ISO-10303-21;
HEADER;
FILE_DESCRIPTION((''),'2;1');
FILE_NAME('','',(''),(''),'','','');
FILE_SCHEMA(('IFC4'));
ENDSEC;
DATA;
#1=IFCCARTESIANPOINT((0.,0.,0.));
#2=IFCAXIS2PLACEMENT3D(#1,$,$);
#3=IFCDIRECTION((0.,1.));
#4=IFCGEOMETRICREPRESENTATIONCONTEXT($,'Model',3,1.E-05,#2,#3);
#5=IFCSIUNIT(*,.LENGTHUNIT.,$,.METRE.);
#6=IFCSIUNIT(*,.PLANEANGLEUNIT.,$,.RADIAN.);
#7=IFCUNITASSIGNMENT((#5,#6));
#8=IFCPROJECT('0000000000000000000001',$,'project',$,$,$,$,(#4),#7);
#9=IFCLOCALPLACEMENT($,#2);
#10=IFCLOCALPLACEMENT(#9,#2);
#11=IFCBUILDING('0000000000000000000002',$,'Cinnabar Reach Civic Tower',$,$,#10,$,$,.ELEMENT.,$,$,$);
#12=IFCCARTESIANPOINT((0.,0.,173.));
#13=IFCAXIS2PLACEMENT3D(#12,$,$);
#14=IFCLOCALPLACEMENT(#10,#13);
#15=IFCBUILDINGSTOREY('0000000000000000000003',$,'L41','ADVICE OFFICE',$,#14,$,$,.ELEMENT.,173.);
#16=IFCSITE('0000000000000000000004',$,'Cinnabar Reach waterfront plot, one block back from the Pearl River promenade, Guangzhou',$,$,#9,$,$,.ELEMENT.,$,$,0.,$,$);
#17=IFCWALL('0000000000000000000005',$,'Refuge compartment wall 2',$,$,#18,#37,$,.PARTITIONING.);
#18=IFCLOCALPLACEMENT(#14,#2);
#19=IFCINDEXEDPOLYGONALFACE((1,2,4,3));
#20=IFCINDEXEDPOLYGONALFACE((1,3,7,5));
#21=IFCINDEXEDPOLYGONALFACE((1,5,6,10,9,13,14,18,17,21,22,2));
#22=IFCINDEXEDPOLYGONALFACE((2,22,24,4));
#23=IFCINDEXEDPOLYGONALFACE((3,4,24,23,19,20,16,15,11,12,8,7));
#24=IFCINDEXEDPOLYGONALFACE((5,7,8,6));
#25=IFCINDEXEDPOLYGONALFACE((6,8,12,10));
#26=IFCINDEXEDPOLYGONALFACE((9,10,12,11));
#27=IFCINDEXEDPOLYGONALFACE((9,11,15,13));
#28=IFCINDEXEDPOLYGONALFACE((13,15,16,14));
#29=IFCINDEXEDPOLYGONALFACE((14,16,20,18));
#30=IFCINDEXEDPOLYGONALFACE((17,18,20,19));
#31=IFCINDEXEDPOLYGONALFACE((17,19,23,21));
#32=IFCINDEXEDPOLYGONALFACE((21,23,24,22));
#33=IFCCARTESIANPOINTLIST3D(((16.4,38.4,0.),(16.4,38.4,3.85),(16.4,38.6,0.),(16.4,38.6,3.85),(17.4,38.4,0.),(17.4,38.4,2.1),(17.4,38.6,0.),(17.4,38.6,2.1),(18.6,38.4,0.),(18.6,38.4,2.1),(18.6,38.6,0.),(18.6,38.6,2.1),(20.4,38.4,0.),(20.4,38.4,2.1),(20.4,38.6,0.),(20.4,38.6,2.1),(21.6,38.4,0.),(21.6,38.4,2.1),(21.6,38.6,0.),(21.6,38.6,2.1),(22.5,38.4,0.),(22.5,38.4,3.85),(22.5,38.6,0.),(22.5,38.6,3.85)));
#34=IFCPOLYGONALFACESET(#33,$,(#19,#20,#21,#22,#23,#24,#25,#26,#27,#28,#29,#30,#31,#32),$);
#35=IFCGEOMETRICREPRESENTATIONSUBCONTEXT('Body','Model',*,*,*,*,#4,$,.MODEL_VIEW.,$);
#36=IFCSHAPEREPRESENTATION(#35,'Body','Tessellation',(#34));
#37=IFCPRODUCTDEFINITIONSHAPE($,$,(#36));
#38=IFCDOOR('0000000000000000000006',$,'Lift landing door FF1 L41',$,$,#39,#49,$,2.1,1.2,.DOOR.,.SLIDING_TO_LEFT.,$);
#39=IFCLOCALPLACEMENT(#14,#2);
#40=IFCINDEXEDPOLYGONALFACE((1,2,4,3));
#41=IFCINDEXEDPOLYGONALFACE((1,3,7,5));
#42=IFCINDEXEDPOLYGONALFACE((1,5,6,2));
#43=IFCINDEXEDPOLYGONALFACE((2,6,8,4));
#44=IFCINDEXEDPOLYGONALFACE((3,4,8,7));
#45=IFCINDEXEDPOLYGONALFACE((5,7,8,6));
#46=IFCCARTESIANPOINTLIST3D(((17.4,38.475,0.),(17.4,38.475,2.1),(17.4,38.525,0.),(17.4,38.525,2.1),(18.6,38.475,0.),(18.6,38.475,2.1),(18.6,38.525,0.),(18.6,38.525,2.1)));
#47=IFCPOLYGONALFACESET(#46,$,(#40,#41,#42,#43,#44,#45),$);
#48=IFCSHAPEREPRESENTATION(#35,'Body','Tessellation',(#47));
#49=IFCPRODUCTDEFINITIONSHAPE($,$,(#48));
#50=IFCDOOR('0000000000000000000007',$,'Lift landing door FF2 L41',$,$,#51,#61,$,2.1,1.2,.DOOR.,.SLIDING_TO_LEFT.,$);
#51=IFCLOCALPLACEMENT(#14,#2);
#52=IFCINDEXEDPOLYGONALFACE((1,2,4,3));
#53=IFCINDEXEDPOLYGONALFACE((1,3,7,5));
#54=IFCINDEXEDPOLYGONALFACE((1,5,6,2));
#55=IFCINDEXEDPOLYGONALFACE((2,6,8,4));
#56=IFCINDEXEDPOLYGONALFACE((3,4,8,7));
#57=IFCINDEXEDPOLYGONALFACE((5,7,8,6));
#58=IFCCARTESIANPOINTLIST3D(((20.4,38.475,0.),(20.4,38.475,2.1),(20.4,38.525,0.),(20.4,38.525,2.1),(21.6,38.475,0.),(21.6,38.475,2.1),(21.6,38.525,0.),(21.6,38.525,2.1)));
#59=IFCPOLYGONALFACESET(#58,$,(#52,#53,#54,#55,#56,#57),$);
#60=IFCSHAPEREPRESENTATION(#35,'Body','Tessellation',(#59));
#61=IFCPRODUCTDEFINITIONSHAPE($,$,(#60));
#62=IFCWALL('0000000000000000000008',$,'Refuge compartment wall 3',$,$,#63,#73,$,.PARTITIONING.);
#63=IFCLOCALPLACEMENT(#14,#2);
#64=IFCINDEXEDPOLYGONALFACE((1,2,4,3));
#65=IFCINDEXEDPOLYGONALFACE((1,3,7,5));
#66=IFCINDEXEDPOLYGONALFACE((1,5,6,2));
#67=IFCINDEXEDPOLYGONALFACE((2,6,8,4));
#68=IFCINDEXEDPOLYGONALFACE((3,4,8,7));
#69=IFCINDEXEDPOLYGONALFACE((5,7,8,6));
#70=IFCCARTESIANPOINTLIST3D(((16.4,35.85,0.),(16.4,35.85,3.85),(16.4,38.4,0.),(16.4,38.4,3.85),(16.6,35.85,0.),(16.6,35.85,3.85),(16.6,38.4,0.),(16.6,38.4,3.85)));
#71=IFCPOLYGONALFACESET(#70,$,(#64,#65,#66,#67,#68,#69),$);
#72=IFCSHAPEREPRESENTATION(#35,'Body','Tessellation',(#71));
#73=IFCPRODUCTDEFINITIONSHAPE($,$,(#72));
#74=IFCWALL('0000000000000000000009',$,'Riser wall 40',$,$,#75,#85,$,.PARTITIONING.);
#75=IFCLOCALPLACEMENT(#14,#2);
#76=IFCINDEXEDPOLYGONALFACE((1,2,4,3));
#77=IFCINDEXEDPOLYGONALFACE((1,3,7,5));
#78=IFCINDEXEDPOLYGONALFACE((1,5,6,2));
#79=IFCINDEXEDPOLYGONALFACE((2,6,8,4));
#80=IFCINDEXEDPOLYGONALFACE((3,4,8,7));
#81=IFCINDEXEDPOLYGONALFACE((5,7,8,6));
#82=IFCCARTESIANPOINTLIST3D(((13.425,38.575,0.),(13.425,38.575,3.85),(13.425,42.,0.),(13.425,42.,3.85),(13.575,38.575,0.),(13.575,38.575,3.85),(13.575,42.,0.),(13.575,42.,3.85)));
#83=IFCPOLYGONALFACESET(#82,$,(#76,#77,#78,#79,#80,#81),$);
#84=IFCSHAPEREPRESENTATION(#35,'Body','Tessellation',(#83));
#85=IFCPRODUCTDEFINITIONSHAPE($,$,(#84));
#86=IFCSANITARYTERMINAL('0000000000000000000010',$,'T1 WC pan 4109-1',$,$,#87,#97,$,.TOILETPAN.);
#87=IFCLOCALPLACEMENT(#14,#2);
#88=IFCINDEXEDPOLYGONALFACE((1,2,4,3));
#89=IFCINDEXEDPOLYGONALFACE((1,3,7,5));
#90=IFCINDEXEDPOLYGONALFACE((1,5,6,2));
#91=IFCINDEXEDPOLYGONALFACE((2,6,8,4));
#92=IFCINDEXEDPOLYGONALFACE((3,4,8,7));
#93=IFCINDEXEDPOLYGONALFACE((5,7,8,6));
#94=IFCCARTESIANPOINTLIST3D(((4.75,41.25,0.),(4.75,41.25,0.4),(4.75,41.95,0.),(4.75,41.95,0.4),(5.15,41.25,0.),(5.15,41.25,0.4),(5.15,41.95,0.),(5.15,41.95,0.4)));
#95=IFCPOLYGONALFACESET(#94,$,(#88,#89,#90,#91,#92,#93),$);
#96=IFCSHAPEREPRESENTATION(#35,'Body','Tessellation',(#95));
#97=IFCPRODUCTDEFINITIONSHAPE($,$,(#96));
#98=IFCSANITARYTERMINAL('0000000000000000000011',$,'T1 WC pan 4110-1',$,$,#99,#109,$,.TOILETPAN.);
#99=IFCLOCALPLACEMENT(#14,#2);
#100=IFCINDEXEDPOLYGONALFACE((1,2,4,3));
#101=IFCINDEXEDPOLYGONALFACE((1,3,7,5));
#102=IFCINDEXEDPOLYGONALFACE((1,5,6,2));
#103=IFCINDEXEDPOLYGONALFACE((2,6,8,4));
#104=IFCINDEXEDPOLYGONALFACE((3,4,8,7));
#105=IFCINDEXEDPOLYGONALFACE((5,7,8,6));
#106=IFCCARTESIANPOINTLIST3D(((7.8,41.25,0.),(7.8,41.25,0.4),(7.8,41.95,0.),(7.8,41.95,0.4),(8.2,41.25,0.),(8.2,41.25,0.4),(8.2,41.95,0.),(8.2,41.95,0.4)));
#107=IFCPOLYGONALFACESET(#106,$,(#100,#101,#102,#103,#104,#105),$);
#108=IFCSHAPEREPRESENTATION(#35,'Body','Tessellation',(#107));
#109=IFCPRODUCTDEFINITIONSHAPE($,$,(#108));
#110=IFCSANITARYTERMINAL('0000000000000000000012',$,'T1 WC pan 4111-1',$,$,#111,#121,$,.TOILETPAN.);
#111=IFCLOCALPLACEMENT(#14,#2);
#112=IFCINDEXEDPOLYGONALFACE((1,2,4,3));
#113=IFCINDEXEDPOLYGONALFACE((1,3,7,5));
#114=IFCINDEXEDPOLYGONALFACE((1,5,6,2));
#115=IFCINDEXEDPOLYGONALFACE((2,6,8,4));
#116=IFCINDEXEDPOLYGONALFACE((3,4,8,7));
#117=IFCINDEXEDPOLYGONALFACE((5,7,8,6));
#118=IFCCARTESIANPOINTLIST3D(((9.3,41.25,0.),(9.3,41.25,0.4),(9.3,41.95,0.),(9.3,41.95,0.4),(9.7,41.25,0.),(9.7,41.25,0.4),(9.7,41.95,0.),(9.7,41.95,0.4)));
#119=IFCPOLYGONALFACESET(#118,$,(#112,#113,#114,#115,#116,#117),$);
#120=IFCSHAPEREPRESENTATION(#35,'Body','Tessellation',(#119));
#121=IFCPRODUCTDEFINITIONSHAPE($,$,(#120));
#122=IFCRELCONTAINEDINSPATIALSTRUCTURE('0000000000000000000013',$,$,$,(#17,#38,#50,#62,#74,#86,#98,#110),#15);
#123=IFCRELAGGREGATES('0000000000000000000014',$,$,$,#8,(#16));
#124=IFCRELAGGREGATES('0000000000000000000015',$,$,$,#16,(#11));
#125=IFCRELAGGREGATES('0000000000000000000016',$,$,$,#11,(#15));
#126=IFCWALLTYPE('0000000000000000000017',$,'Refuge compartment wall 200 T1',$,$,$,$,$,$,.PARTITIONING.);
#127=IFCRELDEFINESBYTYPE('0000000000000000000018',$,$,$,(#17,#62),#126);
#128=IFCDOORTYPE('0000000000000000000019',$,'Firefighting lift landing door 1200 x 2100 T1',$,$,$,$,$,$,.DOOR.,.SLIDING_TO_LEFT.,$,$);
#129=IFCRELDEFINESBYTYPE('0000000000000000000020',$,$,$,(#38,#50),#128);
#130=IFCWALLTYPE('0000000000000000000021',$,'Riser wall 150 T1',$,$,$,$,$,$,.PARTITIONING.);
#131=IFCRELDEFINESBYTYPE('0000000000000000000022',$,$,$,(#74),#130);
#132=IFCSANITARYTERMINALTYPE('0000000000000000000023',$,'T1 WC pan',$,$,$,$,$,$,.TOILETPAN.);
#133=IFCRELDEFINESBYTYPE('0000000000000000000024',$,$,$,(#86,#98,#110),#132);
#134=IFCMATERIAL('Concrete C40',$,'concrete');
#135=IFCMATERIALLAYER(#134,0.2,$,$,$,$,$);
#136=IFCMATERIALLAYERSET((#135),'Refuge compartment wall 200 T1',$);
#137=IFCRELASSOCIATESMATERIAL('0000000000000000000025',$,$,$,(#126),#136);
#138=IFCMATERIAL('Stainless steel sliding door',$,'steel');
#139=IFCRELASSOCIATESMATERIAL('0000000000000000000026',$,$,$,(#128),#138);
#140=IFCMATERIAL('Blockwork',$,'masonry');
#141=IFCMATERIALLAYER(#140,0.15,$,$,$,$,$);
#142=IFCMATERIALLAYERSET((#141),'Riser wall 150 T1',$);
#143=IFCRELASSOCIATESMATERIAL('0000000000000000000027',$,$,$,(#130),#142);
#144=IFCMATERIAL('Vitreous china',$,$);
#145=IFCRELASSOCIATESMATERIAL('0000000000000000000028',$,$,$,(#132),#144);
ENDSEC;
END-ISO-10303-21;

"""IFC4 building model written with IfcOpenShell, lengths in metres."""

from ifc_helpers import new_model, si_unit, direction, frame, frame_2d, origin, origin_2d, place, context, subcontext, project, spatial, rectangle, extrude, material, layer, layer_set, type_object, element, fill, save


model = new_model("IFC4")

# Units and contexts
model_context = context("Model", 3, precision=1e-05, world=origin(), true_north=direction((0.0, 1.0)))
body_context = subcontext(model_context, "Body", "Model", "MODEL_VIEW")
ifc_project = project(units=[si_unit("LENGTHUNIT", "METRE"), si_unit("PLANEANGLEUNIT", "RADIAN")], contexts=[model_context])

# Site, building, storey
site_placement = place(None, origin())
site = spatial("IfcSite", under=ifc_project, at=site_placement, Name="Cinnabar Reach waterfront plot, one block back from the Pearl River promenade, Guangzhou", CompositionType="ELEMENT", RefElevation=0.0)
building_placement = place(site_placement, origin())
building = spatial("IfcBuilding", under=site, at=building_placement, Name="Cinnabar Reach Civic Tower", CompositionType="ELEMENT")
storey_placement = place(building_placement, frame((0.0, 0.0, 173.0)))
storey = spatial("IfcBuildingStorey", under=building, at=storey_placement, Name="L41", Description="ADVICE OFFICE", CompositionType="ELEMENT", Elevation=173.0)

# Shared definitions
ifc_material_1 = material(Name="Blockwork", Category="masonry")
ifc_material_2 = material(Name="Stainless steel sliding door", Category="steel")

# Shared definitions
ifc_material_3 = material(Name="Concrete C40", Category="concrete")
ifc_layer_1 = layer(ifc_material_3, 0.2)
ifc_layer_set_1 = layer_set([ifc_layer_1], Name="Refuge compartment wall 200 T1")
wall_type_1 = type_object("IfcWallType", Name="Refuge compartment wall 200 T1", PredefinedType="PARTITIONING", material=ifc_layer_set_1)

# Wall, openings, doors
wall_1_placement = place(storey_placement, frame((16.4, 38.5, 0.0), z_axis=(0.0, 0.0, 1.0), x_axis=(1.0, 0.0, 0.0)))
wall_1 = element("IfcWall", 1, at=wall_1_placement, inside=storey, type_object=wall_type_1, Name="Refuge compartment wall 2", PredefinedType="PARTITIONING", context=body_context, shape_type="SweptSolid", body=[
    extrude(rectangle(XDim=6.1, YDim=0.2, at=frame_2d((3.05, 0.0))), origin(), (0.0, 0.0, 1.0), 3.85),
])
opening_1_placement = place(wall_1_placement, frame((1.0, 0.0, 0.0)))
opening_1 = element("IfcOpeningElement", 2, at=opening_1_placement, cuts=wall_1, PredefinedType="OPENING", context=body_context, shape_type="SweptSolid", body=[
    extrude(rectangle(XDim=1.2, YDim=2.1, at=frame_2d((0.6, 1.05))), frame((0.0, 0.11, 0.0), z_axis=(0.0, -1.0, 0.0), x_axis=(1.0, 0.0, 0.0)), (0.0, 0.0, 1.0), 0.22),
])
opening_2_placement = place(wall_1_placement, frame((4.0, 0.0, 0.0)))
opening_2 = element("IfcOpeningElement", 3, at=opening_2_placement, cuts=wall_1, PredefinedType="OPENING", context=body_context, shape_type="SweptSolid", body=[
    extrude(rectangle(XDim=1.2, YDim=2.1, at=frame_2d((0.6, 1.05))), frame((0.0, 0.11, 0.0), z_axis=(0.0, -1.0, 0.0), x_axis=(1.0, 0.0, 0.0)), (0.0, 0.0, 1.0), 0.22),
])
door_type_1 = type_object("IfcDoorType", Name="Firefighting lift landing door 1200 x 2100 T1", OperationType="SLIDING_TO_LEFT", PredefinedType="DOOR", material=ifc_material_2)
door_1_placement = place(opening_1_placement, origin())
door_1 = element("IfcDoor", 4, at=door_1_placement, inside=storey, type_object=door_type_1, Name="Lift landing door FF1 L41", OperationType="SLIDING_TO_LEFT", OverallHeight=2.1, OverallWidth=1.2, PredefinedType="DOOR", context=body_context, shape_type="SweptSolid", body=[
    extrude(rectangle(XDim=1.2, YDim=2.1, at=frame_2d((0.6, 1.05))), frame((0.0, 0.025, 0.0), z_axis=(0.0, -1.0, 0.0), x_axis=(1.0, 0.0, 0.0)), (0.0, 0.0, 1.0), 0.05),
])
fill(opening_1, door_1)
door_2_placement = place(opening_2_placement, origin())
door_2 = element("IfcDoor", 5, at=door_2_placement, inside=storey, type_object=door_type_1, Name="Lift landing door FF2 L41", OperationType="SLIDING_TO_LEFT", OverallHeight=2.1, OverallWidth=1.2, PredefinedType="DOOR", context=body_context, shape_type="SweptSolid", body=[
    extrude(rectangle(XDim=1.2, YDim=2.1, at=frame_2d((0.6, 1.05))), frame((0.0, 0.025, 0.0), z_axis=(0.0, -1.0, 0.0), x_axis=(1.0, 0.0, 0.0)), (0.0, 0.0, 1.0), 0.05),
])
fill(opening_2, door_2)

# Walls
wall_2_placement = place(storey_placement, frame((16.5, 35.85, 0.0), z_axis=(0.0, 0.0, 1.0), x_axis=(0.0, 1.0, 0.0)))
element("IfcWall", 6, at=wall_2_placement, inside=storey, type_object=wall_type_1, Name="Refuge compartment wall 3", PredefinedType="PARTITIONING", context=body_context, shape_type="SweptSolid", body=[
    extrude(rectangle(XDim=2.55, YDim=0.2, at=frame_2d((1.275, 0.0))), origin(), (0.0, 0.0, 1.0), 3.85),
])
ifc_layer_2 = layer(ifc_material_1, 0.15)
ifc_layer_set_2 = layer_set([ifc_layer_2], Name="Riser wall 150 T1")
wall_type_2 = type_object("IfcWallType", Name="Riser wall 150 T1", PredefinedType="PARTITIONING", material=ifc_layer_set_2)
wall_3_placement = place(storey_placement, frame((13.5, 38.575, 0.0), z_axis=(0.0, 0.0, 1.0), x_axis=(0.0, 1.0, 0.0)))
element("IfcWall", 7, at=wall_3_placement, inside=storey, type_object=wall_type_2, Name="Riser wall 40", PredefinedType="PARTITIONING", context=body_context, shape_type="SweptSolid", body=[
    extrude(rectangle(XDim=3.425, YDim=0.15, at=frame_2d((1.7125, 0.0))), origin(), (0.0, 0.0, 1.0), 3.85),
])

# Sanitary terminals
ifc_material_4 = material(Name="Vitreous china")
sanitary_terminal_type = type_object("IfcSanitaryTerminalType", Name="T1 WC pan", PredefinedType="TOILETPAN", material=ifc_material_4)
for number, where, z_axis, x_axis, name in (
    (8, (4.95, 41.6, 0.0), (0.0, 0.0, 1.0), (1.0, 0.0, 0.0), "T1 WC pan 4109-1"),
    (9, (8.0, 41.6, 0.0), (0.0, 0.0, 1.0), (1.0, 0.0, 0.0), "T1 WC pan 4110-1"),
    (10, (9.5, 41.6, 0.0), (0.0, 0.0, 1.0), (1.0, 0.0, 0.0), "T1 WC pan 4111-1"),
):
    element("IfcSanitaryTerminal", number, at=place(storey_placement, frame(where, z_axis=z_axis, x_axis=x_axis)), inside=storey, type_object=sanitary_terminal_type, Name=name, PredefinedType="TOILETPAN", context=body_context, shape_type="SweptSolid", body=[
        extrude(rectangle(XDim=0.4, YDim=0.7, at=origin_2d()), origin(), (0.0, 0.0, 1.0), 0.4),
    ])

save(model, "model.ifc")
